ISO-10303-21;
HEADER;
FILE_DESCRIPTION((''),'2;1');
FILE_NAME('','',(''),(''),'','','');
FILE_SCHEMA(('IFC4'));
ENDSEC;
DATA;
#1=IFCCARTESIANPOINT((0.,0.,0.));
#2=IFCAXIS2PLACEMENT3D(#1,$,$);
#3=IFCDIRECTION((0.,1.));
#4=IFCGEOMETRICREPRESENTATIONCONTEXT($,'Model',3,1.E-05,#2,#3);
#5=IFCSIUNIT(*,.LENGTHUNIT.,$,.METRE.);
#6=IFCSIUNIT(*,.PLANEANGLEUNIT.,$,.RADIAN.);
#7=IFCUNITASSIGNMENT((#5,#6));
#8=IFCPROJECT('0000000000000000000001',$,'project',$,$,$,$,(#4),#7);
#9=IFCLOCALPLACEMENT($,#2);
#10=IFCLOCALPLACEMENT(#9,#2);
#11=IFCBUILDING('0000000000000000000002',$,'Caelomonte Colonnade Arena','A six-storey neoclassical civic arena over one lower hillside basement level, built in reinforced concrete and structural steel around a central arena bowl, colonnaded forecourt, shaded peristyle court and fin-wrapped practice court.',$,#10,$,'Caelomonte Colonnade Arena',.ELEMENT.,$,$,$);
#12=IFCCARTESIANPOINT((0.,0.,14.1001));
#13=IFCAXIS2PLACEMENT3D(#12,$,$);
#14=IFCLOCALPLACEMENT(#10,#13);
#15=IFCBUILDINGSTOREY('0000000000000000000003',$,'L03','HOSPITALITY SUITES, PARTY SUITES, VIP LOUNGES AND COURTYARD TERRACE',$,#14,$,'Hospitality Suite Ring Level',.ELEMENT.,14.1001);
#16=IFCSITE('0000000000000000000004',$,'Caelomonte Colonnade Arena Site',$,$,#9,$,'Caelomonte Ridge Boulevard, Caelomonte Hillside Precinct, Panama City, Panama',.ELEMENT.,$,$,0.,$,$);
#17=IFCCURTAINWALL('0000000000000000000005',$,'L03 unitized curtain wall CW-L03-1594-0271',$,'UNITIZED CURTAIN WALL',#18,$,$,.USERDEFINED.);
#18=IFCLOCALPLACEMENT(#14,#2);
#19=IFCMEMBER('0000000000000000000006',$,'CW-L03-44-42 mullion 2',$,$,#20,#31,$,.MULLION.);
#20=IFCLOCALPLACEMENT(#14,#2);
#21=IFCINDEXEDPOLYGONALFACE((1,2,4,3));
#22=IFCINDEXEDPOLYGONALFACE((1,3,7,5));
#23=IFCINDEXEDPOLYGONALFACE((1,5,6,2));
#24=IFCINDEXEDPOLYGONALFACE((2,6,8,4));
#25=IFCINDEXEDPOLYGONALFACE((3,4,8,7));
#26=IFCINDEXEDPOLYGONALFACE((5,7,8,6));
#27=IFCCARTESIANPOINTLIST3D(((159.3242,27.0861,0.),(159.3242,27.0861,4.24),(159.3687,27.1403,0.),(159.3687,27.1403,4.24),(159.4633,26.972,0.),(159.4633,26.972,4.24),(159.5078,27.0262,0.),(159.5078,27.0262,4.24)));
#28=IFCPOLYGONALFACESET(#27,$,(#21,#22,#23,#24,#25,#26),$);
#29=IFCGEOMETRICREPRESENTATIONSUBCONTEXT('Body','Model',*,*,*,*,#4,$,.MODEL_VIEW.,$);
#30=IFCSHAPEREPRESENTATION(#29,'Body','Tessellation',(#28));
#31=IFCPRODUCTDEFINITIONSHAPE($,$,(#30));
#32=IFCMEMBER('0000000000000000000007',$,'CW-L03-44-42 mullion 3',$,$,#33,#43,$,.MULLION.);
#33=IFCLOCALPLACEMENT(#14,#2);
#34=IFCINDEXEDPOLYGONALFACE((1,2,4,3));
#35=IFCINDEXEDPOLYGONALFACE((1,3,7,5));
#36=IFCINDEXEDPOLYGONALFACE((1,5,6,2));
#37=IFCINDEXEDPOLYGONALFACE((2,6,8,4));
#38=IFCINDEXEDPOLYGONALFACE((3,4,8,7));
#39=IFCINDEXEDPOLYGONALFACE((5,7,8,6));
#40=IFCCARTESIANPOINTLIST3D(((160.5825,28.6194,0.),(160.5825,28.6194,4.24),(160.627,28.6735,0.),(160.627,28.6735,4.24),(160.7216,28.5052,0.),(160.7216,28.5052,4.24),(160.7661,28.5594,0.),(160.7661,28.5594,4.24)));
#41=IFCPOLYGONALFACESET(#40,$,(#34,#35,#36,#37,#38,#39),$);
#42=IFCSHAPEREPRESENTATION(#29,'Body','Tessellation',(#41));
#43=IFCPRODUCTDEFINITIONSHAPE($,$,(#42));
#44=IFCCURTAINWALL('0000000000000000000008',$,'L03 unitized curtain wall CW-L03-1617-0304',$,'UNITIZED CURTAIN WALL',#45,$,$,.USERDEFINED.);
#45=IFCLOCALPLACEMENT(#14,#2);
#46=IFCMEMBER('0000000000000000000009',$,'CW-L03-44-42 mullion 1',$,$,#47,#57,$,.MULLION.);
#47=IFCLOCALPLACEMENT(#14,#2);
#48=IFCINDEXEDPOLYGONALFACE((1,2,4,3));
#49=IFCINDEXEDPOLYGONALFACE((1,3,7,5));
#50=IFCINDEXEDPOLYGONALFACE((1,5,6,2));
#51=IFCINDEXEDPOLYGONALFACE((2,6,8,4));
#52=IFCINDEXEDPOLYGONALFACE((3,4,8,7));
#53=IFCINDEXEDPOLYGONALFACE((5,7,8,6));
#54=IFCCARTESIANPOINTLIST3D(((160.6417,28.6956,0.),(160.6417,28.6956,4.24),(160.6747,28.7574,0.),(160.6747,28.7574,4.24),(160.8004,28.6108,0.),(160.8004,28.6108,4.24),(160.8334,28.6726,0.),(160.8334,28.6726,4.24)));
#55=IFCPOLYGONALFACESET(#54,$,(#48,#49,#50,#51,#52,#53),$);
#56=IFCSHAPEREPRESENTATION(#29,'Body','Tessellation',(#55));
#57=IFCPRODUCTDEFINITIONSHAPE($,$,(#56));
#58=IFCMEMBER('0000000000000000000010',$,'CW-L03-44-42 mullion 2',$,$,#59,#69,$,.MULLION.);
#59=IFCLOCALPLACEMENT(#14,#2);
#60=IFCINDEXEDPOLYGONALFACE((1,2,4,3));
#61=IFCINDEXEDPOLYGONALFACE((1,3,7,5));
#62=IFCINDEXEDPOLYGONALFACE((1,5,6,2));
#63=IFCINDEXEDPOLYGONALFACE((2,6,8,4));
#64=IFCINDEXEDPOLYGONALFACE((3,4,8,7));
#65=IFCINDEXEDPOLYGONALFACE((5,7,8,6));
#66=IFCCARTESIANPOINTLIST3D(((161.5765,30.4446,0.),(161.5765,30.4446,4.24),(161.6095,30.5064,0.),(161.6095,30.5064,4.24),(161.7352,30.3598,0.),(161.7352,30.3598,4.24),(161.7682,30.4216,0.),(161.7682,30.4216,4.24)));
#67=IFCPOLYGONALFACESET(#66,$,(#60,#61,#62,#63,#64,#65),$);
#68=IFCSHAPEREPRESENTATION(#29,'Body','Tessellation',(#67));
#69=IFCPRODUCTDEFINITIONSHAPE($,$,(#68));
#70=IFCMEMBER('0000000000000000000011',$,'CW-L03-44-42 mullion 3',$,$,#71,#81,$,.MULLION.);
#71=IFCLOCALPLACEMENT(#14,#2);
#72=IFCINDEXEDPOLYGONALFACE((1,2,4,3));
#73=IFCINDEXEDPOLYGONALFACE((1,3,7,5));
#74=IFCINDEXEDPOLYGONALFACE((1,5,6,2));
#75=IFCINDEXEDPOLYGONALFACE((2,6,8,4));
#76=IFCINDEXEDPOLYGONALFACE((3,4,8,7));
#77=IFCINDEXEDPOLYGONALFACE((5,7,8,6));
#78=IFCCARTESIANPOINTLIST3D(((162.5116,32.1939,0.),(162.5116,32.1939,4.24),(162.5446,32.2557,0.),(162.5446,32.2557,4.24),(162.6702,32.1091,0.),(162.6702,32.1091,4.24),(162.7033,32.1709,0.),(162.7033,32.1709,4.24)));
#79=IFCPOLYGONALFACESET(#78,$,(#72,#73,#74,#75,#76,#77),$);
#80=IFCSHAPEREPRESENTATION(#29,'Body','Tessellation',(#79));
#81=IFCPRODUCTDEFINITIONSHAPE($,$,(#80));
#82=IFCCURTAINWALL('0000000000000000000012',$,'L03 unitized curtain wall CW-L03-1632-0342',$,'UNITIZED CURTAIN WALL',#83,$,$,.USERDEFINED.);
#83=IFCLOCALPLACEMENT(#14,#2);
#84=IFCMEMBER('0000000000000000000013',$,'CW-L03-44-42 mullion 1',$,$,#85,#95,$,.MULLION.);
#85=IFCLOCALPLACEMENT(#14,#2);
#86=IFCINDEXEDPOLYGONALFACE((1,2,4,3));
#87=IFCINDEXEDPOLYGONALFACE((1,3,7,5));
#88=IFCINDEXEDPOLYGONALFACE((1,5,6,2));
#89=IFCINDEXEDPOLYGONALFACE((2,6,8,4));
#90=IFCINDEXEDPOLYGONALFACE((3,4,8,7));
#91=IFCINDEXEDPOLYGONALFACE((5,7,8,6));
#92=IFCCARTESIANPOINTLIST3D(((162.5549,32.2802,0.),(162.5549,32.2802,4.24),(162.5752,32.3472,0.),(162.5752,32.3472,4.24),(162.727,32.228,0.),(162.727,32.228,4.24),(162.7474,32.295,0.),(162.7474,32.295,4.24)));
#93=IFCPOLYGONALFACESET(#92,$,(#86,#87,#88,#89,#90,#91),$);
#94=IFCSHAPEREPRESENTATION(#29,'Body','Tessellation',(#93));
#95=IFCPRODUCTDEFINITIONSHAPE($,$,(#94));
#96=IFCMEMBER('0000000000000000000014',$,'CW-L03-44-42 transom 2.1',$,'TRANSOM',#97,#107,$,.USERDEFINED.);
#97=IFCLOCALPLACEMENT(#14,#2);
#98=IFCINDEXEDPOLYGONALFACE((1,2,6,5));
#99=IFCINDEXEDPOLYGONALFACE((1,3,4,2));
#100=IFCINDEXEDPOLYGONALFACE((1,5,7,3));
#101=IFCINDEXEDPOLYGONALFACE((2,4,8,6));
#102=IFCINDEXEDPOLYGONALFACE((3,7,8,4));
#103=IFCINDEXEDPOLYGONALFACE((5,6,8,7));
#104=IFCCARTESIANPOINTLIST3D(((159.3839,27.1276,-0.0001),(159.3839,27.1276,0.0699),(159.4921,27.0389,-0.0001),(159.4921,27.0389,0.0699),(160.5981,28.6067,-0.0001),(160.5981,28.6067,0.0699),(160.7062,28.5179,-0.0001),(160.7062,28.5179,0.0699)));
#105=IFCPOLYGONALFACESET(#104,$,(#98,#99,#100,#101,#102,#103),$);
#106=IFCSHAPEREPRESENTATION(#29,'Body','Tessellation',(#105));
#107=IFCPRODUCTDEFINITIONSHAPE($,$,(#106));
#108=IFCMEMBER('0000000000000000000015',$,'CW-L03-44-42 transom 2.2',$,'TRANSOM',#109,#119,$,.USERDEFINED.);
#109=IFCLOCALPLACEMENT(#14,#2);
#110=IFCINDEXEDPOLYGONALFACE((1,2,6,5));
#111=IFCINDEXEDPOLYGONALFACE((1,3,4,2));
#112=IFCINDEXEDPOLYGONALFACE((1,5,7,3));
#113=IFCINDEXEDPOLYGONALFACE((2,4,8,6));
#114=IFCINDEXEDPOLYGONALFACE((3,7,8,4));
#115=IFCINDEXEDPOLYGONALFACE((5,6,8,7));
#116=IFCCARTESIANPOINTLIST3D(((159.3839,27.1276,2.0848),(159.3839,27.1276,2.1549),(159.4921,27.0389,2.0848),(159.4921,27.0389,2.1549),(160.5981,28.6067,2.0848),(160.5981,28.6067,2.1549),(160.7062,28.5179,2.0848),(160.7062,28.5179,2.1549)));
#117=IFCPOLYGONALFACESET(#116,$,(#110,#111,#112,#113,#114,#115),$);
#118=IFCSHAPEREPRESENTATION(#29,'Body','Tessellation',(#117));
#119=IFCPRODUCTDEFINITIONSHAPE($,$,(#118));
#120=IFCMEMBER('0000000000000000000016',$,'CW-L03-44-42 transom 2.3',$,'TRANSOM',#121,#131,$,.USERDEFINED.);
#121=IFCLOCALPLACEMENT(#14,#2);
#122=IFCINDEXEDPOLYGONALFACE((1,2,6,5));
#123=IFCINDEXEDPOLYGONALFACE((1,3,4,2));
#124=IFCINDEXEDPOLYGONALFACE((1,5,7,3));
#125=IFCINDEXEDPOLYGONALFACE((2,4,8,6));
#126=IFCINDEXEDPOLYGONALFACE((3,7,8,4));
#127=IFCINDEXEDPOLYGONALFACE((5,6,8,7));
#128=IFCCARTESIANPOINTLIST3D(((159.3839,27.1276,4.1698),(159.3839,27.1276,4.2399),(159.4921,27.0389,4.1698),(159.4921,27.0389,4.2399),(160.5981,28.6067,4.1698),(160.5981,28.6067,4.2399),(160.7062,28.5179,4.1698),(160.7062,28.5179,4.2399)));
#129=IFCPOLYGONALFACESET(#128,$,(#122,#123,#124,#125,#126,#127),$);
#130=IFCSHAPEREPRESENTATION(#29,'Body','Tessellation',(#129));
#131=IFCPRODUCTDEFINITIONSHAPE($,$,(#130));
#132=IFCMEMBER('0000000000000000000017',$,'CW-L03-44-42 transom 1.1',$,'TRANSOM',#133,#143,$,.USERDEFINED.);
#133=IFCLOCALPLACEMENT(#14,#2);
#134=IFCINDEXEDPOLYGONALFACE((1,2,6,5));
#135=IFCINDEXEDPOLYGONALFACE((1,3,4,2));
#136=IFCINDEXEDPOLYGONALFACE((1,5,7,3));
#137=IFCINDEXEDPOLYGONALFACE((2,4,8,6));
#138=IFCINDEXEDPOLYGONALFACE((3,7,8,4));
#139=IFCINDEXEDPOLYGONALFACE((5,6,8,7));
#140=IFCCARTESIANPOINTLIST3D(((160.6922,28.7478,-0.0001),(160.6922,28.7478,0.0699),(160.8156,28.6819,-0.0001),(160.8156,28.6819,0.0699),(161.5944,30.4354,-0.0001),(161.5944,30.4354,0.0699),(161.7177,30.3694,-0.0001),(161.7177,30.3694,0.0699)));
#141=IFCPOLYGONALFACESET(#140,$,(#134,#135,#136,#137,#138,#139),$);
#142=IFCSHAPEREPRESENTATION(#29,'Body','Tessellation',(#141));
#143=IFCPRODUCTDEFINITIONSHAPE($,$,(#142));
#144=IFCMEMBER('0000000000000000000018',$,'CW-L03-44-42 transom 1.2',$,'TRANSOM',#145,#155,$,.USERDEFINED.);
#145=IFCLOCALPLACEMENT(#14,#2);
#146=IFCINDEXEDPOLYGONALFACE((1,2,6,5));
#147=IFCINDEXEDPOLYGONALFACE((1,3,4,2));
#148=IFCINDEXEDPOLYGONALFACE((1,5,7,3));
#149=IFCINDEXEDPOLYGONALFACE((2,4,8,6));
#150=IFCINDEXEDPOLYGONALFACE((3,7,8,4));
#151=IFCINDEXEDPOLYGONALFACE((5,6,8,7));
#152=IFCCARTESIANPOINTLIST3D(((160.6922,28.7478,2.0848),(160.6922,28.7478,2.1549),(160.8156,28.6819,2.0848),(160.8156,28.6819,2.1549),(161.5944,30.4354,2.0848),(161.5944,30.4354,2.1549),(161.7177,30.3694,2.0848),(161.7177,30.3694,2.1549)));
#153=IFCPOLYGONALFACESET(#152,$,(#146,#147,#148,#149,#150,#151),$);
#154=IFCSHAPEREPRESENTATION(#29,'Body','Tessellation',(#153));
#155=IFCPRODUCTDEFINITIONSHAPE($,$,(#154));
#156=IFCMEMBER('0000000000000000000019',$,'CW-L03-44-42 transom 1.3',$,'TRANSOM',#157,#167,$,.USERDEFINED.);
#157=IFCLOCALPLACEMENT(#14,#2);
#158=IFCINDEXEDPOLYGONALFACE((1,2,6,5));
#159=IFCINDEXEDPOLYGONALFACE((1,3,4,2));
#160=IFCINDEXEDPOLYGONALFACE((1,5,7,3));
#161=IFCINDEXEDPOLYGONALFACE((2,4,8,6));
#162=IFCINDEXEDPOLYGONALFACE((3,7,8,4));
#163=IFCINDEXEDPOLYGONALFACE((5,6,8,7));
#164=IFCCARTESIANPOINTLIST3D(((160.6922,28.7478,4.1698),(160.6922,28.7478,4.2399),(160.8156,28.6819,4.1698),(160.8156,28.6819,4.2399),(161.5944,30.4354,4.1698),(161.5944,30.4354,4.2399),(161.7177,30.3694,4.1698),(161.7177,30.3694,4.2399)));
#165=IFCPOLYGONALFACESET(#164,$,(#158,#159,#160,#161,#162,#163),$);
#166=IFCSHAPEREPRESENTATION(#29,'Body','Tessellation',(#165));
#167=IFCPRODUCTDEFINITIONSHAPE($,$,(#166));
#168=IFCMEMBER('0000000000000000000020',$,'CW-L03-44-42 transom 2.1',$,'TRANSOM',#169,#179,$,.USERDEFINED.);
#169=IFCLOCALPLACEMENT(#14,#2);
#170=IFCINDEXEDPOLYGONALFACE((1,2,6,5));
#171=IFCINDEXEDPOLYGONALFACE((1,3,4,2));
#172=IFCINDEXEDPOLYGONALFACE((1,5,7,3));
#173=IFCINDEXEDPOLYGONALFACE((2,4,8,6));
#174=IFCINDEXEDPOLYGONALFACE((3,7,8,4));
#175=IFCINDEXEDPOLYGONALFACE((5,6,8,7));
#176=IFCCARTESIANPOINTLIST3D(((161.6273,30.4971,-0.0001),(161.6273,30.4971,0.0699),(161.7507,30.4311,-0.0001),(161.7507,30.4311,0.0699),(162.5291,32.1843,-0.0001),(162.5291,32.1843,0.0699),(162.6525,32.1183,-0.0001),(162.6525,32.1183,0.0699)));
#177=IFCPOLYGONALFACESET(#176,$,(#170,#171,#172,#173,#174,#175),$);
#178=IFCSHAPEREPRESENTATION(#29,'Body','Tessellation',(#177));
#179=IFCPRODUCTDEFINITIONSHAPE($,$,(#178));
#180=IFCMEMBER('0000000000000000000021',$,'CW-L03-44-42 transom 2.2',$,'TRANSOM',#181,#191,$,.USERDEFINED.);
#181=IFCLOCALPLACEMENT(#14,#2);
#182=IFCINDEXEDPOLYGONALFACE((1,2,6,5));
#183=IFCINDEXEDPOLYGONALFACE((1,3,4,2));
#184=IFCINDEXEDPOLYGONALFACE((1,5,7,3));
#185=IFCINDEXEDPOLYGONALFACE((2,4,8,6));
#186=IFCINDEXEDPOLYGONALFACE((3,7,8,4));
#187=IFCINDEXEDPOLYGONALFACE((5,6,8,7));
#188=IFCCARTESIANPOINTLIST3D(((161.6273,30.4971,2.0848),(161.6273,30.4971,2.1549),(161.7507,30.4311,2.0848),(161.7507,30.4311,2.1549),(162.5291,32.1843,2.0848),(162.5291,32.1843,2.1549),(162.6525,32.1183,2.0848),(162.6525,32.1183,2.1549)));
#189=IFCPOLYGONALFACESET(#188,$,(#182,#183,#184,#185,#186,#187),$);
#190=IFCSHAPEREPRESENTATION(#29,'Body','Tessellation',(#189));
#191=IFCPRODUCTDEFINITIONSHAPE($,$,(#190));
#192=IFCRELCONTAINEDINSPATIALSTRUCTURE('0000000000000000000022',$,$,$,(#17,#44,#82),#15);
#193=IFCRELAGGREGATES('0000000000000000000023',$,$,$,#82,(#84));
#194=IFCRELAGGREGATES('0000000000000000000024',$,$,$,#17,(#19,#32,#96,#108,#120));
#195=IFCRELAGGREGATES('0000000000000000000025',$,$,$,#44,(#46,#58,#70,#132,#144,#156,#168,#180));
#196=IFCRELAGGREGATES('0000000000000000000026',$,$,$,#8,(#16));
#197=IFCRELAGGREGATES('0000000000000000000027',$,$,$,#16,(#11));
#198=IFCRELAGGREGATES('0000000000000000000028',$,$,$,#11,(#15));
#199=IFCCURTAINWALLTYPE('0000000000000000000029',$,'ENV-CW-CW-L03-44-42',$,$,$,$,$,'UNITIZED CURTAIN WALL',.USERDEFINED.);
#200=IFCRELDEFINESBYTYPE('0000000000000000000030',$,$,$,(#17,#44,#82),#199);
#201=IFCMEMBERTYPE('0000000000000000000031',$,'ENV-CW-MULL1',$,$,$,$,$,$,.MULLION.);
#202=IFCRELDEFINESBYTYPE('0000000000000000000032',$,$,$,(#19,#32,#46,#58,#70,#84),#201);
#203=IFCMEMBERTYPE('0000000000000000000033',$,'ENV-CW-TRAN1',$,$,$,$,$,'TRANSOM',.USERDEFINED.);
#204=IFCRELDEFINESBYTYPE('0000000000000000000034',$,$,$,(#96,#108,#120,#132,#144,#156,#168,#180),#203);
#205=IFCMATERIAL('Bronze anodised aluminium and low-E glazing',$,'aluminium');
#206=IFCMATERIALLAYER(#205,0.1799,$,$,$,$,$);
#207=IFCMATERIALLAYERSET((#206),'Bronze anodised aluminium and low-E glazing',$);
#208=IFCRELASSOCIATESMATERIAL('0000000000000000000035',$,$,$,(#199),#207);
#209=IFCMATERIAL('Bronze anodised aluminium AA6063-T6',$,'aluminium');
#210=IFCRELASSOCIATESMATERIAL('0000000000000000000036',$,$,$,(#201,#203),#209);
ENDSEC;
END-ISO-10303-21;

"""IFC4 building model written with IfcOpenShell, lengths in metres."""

from ifc_helpers import new_model, si_unit, direction, frame, origin, origin_2d, place, context, subcontext, project, spatial, rectangle, extrude, material, layer, layer_set, material_profile, profile_set, type_object, element, aggregate, save


model = new_model("IFC4")

# Units and contexts
model_context = context("Model", 3, precision=1e-05, world=origin(), true_north=direction((0.0, 1.0)))
body_context = subcontext(model_context, "Body", "Model", "MODEL_VIEW")
ifc_project = project(units=[si_unit("LENGTHUNIT", "METRE"), si_unit("PLANEANGLEUNIT", "RADIAN")], contexts=[model_context])

# Site, building, storey
site_placement = place(None, origin())
site = spatial("IfcSite", under=ifc_project, at=site_placement, Name="Caelomonte Colonnade Arena Site", LongName="Caelomonte Ridge Boulevard, Caelomonte Hillside Precinct, Panama City, Panama", CompositionType="ELEMENT", RefElevation=0.0)
building_placement = place(site_placement, origin())
building = spatial("IfcBuilding", under=site, at=building_placement, Name="Caelomonte Colonnade Arena", Description="A six-storey neoclassical civic arena over one lower hillside basement level, built in reinforced concrete and structural steel around a central arena bowl, colonnaded forecourt, shaded peristyle court and fin-wrapped practice court.", LongName="Caelomonte Colonnade Arena", CompositionType="ELEMENT")
storey_placement = place(building_placement, frame((0.0, 0.0, 14.1001)))
storey = spatial("IfcBuildingStorey", under=building, at=storey_placement, Name="L03", Description="HOSPITALITY SUITES, PARTY SUITES, VIP LOUNGES AND COURTYARD TERRACE", LongName="Hospitality Suite Ring Level", CompositionType="ELEMENT", Elevation=14.1001)

# Curtain walls, members
ifc_material_1 = material(Name="Bronze anodised aluminium and low-E glazing", Category="aluminium")
ifc_layer_1 = layer(ifc_material_1, 0.1799)
ifc_layer_set_1 = layer_set([ifc_layer_1], Name="Bronze anodised aluminium and low-E glazing")
curtain_wall_type = type_object("IfcCurtainWallType", Name="ENV-CW-CW-L03-44-42", ElementType="UNITIZED CURTAIN WALL", PredefinedType="USERDEFINED", material=ifc_layer_set_1)
curtain_wall_1_placement = place(storey_placement, origin())
curtain_wall_1 = element("IfcCurtainWall", 1, at=curtain_wall_1_placement, inside=storey, type_object=curtain_wall_type, Name="L03 unitized curtain wall CW-L03-1594-0271", ObjectType="UNITIZED CURTAIN WALL", PredefinedType="USERDEFINED")
ifc_material_2 = material(Name="Bronze anodised aluminium AA6063-T6", Category="aluminium")
ifc_material_profile_1 = material_profile(ifc_material_2, rectangle(XDim=0.0701, YDim=0.1799, at=origin_2d()), Name="CWM-70X180")
ifc_profile_set_1 = profile_set([ifc_material_profile_1], Name="Bronze anodised aluminium AA6063-T6")
member_type_1 = type_object("IfcMemberType", Name="ENV-CW-MULL1", PredefinedType="MULLION", material=ifc_profile_set_1)
member_1_placement = place(storey_placement, frame((159.416, 27.0562, 0.0), z_axis=(0.0, 0.0, 1.0), x_axis=(0.634416, 0.772992, 0.0)))
member_1 = element("IfcMember", 2, at=member_1_placement, type_object=member_type_1, Name="CW-L03-44-42 mullion 2", PredefinedType="MULLION", context=body_context, shape_type="SweptSolid", body=[
    extrude(rectangle(XDim=0.0701, YDim=0.1799, at=origin_2d()), origin(), (0.0, 0.0, 1.0), 4.24),
])
member_2_placement = place(storey_placement, frame((160.6743, 28.5894, 0.0), z_axis=(0.0, 0.0, 1.0), x_axis=(0.634416, 0.772992, 0.0)))
member_2 = element("IfcMember", 3, at=member_2_placement, type_object=member_type_1, Name="CW-L03-44-42 mullion 3", PredefinedType="MULLION", context=body_context, shape_type="SweptSolid", body=[
    extrude(rectangle(XDim=0.0701, YDim=0.1799, at=origin_2d()), origin(), (0.0, 0.0, 1.0), 4.24),
])
curtain_wall_2_placement = place(storey_placement, origin())
curtain_wall_2 = element("IfcCurtainWall", 4, at=curtain_wall_2_placement, inside=storey, type_object=curtain_wall_type, Name="L03 unitized curtain wall CW-L03-1617-0304", ObjectType="UNITIZED CURTAIN WALL", PredefinedType="USERDEFINED")
member_3_placement = place(storey_placement, frame((160.7375, 28.6841, 0.0), z_axis=(0.0, 0.0, 1.0), x_axis=(0.471394, 0.881923, 0.0)))
member_3 = element("IfcMember", 5, at=member_3_placement, type_object=member_type_1, Name="CW-L03-44-42 mullion 1", PredefinedType="MULLION", context=body_context, shape_type="SweptSolid", body=[
    extrude(rectangle(XDim=0.0701, YDim=0.1799, at=origin_2d()), origin(), (0.0, 0.0, 1.0), 4.24),
])
member_4_placement = place(storey_placement, frame((161.6724, 30.4331, 0.0), z_axis=(0.0, 0.0, 1.0), x_axis=(0.471394, 0.881923, 0.0)))
member_4 = element("IfcMember", 6, at=member_4_placement, type_object=member_type_1, Name="CW-L03-44-42 mullion 2", PredefinedType="MULLION", context=body_context, shape_type="SweptSolid", body=[
    extrude(rectangle(XDim=0.0701, YDim=0.1799, at=origin_2d()), origin(), (0.0, 0.0, 1.0), 4.24),
])
member_5_placement = place(storey_placement, frame((162.6074, 32.1824, 0.0), z_axis=(0.0, 0.0, 1.0), x_axis=(0.471394, 0.881923, 0.0)))
member_5 = element("IfcMember", 7, at=member_5_placement, type_object=member_type_1, Name="CW-L03-44-42 mullion 3", PredefinedType="MULLION", context=body_context, shape_type="SweptSolid", body=[
    extrude(rectangle(XDim=0.0701, YDim=0.1799, at=origin_2d()), origin(), (0.0, 0.0, 1.0), 4.24),
])

# Curtain wall, member
curtain_wall_3_placement = place(storey_placement, origin())
curtain_wall_3 = element("IfcCurtainWall", 8, at=curtain_wall_3_placement, inside=storey, type_object=curtain_wall_type, Name="L03 unitized curtain wall CW-L03-1632-0342", ObjectType="UNITIZED CURTAIN WALL", PredefinedType="USERDEFINED")
member_6_placement = place(storey_placement, frame((162.6511, 32.2876, 0.0), z_axis=(0.0, 0.0, 1.0), x_axis=(0.290256, 0.956949, 0.0)))
member_6 = element("IfcMember", 9, at=member_6_placement, type_object=member_type_1, Name="CW-L03-44-42 mullion 1", PredefinedType="MULLION", context=body_context, shape_type="SweptSolid", body=[
    extrude(rectangle(XDim=0.0701, YDim=0.1799, at=origin_2d()), origin(), (0.0, 0.0, 1.0), 4.24),
])

# Members
ifc_material_profile_2 = material_profile(ifc_material_2, rectangle(XDim=0.0701, YDim=0.1399, at=origin_2d()), Name="CWT-70X140")
ifc_profile_set_2 = profile_set([ifc_material_profile_2], Name="Bronze anodised aluminium AA6063-T6")
member_type_2 = type_object("IfcMemberType", Name="ENV-CW-TRAN1", ElementType="TRANSOM", PredefinedType="USERDEFINED", material=ifc_profile_set_2)
member_7_placement = place(storey_placement, frame((159.438, 27.0833, 0.0349), z_axis=(0.634495, 0.772927, 0.0), x_axis=(0.0, 0.0, 1.0)))
member_7 = element("IfcMember", 10, at=member_7_placement, type_object=member_type_2, Name="CW-L03-44-42 transom 2.1", ObjectType="TRANSOM", PredefinedType="USERDEFINED", context=body_context, shape_type="SweptSolid", body=[
    extrude(rectangle(XDim=0.0701, YDim=0.1399, at=origin_2d()), origin(), (0.0, 0.0, 1.0), 1.9136),
])
member_8_placement = place(storey_placement, frame((159.438, 27.0833, 2.1199), z_axis=(0.634495, 0.772927, 0.0), x_axis=(0.0, 0.0, 1.0)))
member_8 = element("IfcMember", 11, at=member_8_placement, type_object=member_type_2, Name="CW-L03-44-42 transom 2.2", ObjectType="TRANSOM", PredefinedType="USERDEFINED", context=body_context, shape_type="SweptSolid", body=[
    extrude(rectangle(XDim=0.0701, YDim=0.1399, at=origin_2d()), origin(), (0.0, 0.0, 1.0), 1.9136),
])
member_9_placement = place(storey_placement, frame((159.438, 27.0833, 4.2048), z_axis=(0.634495, 0.772927, 0.0), x_axis=(0.0, 0.0, 1.0)))
member_9 = element("IfcMember", 12, at=member_9_placement, type_object=member_type_2, Name="CW-L03-44-42 transom 2.3", ObjectType="TRANSOM", PredefinedType="USERDEFINED", context=body_context, shape_type="SweptSolid", body=[
    extrude(rectangle(XDim=0.0701, YDim=0.1399, at=origin_2d()), origin(), (0.0, 0.0, 1.0), 1.9136),
])
member_10_placement = place(storey_placement, frame((160.7539, 28.7148, 0.0349), z_axis=(0.471442, 0.881897, 0.0), x_axis=(0.0, 0.0, 1.0)))
member_10 = element("IfcMember", 13, at=member_10_placement, type_object=member_type_2, Name="CW-L03-44-42 transom 1.1", ObjectType="TRANSOM", PredefinedType="USERDEFINED", context=body_context, shape_type="SweptSolid", body=[
    extrude(rectangle(XDim=0.0701, YDim=0.1399, at=origin_2d()), origin(), (0.0, 0.0, 1.0), 1.9136),
])
member_11_placement = place(storey_placement, frame((160.7539, 28.7148, 2.1199), z_axis=(0.471442, 0.881897, 0.0), x_axis=(0.0, 0.0, 1.0)))
member_11 = element("IfcMember", 14, at=member_11_placement, type_object=member_type_2, Name="CW-L03-44-42 transom 1.2", ObjectType="TRANSOM", PredefinedType="USERDEFINED", context=body_context, shape_type="SweptSolid", body=[
    extrude(rectangle(XDim=0.0701, YDim=0.1399, at=origin_2d()), origin(), (0.0, 0.0, 1.0), 1.9136),
])
member_12_placement = place(storey_placement, frame((160.7539, 28.7148, 4.2048), z_axis=(0.471442, 0.881897, 0.0), x_axis=(0.0, 0.0, 1.0)))
member_12 = element("IfcMember", 15, at=member_12_placement, type_object=member_type_2, Name="CW-L03-44-42 transom 1.3", ObjectType="TRANSOM", PredefinedType="USERDEFINED", context=body_context, shape_type="SweptSolid", body=[
    extrude(rectangle(XDim=0.0701, YDim=0.1399, at=origin_2d()), origin(), (0.0, 0.0, 1.0), 1.9136),
])
member_13_placement = place(storey_placement, frame((161.689, 30.4641, 0.0349), z_axis=(0.471396, 0.881922, 0.0), x_axis=(0.0, 0.0, 1.0)))
member_13 = element("IfcMember", 16, at=member_13_placement, type_object=member_type_2, Name="CW-L03-44-42 transom 2.1", ObjectType="TRANSOM", PredefinedType="USERDEFINED", context=body_context, shape_type="SweptSolid", body=[
    extrude(rectangle(XDim=0.0701, YDim=0.1399, at=origin_2d()), origin(), (0.0, 0.0, 1.0), 1.9131),
])
member_14_placement = place(storey_placement, frame((161.689, 30.4641, 2.1199), z_axis=(0.471396, 0.881922, 0.0), x_axis=(0.0, 0.0, 1.0)))
member_14 = element("IfcMember", 17, at=member_14_placement, type_object=member_type_2, Name="CW-L03-44-42 transom 2.2", ObjectType="TRANSOM", PredefinedType="USERDEFINED", context=body_context, shape_type="SweptSolid", body=[
    extrude(rectangle(XDim=0.0701, YDim=0.1399, at=origin_2d()), origin(), (0.0, 0.0, 1.0), 1.9131),
])
aggregate(curtain_wall_3, [member_6])

aggregate(curtain_wall_1, [member_1, member_2, member_7, member_8, member_9])
aggregate(curtain_wall_2, [member_3, member_4, member_5, member_10, member_11, member_12, member_13, member_14])

save(model, "model.ifc")
